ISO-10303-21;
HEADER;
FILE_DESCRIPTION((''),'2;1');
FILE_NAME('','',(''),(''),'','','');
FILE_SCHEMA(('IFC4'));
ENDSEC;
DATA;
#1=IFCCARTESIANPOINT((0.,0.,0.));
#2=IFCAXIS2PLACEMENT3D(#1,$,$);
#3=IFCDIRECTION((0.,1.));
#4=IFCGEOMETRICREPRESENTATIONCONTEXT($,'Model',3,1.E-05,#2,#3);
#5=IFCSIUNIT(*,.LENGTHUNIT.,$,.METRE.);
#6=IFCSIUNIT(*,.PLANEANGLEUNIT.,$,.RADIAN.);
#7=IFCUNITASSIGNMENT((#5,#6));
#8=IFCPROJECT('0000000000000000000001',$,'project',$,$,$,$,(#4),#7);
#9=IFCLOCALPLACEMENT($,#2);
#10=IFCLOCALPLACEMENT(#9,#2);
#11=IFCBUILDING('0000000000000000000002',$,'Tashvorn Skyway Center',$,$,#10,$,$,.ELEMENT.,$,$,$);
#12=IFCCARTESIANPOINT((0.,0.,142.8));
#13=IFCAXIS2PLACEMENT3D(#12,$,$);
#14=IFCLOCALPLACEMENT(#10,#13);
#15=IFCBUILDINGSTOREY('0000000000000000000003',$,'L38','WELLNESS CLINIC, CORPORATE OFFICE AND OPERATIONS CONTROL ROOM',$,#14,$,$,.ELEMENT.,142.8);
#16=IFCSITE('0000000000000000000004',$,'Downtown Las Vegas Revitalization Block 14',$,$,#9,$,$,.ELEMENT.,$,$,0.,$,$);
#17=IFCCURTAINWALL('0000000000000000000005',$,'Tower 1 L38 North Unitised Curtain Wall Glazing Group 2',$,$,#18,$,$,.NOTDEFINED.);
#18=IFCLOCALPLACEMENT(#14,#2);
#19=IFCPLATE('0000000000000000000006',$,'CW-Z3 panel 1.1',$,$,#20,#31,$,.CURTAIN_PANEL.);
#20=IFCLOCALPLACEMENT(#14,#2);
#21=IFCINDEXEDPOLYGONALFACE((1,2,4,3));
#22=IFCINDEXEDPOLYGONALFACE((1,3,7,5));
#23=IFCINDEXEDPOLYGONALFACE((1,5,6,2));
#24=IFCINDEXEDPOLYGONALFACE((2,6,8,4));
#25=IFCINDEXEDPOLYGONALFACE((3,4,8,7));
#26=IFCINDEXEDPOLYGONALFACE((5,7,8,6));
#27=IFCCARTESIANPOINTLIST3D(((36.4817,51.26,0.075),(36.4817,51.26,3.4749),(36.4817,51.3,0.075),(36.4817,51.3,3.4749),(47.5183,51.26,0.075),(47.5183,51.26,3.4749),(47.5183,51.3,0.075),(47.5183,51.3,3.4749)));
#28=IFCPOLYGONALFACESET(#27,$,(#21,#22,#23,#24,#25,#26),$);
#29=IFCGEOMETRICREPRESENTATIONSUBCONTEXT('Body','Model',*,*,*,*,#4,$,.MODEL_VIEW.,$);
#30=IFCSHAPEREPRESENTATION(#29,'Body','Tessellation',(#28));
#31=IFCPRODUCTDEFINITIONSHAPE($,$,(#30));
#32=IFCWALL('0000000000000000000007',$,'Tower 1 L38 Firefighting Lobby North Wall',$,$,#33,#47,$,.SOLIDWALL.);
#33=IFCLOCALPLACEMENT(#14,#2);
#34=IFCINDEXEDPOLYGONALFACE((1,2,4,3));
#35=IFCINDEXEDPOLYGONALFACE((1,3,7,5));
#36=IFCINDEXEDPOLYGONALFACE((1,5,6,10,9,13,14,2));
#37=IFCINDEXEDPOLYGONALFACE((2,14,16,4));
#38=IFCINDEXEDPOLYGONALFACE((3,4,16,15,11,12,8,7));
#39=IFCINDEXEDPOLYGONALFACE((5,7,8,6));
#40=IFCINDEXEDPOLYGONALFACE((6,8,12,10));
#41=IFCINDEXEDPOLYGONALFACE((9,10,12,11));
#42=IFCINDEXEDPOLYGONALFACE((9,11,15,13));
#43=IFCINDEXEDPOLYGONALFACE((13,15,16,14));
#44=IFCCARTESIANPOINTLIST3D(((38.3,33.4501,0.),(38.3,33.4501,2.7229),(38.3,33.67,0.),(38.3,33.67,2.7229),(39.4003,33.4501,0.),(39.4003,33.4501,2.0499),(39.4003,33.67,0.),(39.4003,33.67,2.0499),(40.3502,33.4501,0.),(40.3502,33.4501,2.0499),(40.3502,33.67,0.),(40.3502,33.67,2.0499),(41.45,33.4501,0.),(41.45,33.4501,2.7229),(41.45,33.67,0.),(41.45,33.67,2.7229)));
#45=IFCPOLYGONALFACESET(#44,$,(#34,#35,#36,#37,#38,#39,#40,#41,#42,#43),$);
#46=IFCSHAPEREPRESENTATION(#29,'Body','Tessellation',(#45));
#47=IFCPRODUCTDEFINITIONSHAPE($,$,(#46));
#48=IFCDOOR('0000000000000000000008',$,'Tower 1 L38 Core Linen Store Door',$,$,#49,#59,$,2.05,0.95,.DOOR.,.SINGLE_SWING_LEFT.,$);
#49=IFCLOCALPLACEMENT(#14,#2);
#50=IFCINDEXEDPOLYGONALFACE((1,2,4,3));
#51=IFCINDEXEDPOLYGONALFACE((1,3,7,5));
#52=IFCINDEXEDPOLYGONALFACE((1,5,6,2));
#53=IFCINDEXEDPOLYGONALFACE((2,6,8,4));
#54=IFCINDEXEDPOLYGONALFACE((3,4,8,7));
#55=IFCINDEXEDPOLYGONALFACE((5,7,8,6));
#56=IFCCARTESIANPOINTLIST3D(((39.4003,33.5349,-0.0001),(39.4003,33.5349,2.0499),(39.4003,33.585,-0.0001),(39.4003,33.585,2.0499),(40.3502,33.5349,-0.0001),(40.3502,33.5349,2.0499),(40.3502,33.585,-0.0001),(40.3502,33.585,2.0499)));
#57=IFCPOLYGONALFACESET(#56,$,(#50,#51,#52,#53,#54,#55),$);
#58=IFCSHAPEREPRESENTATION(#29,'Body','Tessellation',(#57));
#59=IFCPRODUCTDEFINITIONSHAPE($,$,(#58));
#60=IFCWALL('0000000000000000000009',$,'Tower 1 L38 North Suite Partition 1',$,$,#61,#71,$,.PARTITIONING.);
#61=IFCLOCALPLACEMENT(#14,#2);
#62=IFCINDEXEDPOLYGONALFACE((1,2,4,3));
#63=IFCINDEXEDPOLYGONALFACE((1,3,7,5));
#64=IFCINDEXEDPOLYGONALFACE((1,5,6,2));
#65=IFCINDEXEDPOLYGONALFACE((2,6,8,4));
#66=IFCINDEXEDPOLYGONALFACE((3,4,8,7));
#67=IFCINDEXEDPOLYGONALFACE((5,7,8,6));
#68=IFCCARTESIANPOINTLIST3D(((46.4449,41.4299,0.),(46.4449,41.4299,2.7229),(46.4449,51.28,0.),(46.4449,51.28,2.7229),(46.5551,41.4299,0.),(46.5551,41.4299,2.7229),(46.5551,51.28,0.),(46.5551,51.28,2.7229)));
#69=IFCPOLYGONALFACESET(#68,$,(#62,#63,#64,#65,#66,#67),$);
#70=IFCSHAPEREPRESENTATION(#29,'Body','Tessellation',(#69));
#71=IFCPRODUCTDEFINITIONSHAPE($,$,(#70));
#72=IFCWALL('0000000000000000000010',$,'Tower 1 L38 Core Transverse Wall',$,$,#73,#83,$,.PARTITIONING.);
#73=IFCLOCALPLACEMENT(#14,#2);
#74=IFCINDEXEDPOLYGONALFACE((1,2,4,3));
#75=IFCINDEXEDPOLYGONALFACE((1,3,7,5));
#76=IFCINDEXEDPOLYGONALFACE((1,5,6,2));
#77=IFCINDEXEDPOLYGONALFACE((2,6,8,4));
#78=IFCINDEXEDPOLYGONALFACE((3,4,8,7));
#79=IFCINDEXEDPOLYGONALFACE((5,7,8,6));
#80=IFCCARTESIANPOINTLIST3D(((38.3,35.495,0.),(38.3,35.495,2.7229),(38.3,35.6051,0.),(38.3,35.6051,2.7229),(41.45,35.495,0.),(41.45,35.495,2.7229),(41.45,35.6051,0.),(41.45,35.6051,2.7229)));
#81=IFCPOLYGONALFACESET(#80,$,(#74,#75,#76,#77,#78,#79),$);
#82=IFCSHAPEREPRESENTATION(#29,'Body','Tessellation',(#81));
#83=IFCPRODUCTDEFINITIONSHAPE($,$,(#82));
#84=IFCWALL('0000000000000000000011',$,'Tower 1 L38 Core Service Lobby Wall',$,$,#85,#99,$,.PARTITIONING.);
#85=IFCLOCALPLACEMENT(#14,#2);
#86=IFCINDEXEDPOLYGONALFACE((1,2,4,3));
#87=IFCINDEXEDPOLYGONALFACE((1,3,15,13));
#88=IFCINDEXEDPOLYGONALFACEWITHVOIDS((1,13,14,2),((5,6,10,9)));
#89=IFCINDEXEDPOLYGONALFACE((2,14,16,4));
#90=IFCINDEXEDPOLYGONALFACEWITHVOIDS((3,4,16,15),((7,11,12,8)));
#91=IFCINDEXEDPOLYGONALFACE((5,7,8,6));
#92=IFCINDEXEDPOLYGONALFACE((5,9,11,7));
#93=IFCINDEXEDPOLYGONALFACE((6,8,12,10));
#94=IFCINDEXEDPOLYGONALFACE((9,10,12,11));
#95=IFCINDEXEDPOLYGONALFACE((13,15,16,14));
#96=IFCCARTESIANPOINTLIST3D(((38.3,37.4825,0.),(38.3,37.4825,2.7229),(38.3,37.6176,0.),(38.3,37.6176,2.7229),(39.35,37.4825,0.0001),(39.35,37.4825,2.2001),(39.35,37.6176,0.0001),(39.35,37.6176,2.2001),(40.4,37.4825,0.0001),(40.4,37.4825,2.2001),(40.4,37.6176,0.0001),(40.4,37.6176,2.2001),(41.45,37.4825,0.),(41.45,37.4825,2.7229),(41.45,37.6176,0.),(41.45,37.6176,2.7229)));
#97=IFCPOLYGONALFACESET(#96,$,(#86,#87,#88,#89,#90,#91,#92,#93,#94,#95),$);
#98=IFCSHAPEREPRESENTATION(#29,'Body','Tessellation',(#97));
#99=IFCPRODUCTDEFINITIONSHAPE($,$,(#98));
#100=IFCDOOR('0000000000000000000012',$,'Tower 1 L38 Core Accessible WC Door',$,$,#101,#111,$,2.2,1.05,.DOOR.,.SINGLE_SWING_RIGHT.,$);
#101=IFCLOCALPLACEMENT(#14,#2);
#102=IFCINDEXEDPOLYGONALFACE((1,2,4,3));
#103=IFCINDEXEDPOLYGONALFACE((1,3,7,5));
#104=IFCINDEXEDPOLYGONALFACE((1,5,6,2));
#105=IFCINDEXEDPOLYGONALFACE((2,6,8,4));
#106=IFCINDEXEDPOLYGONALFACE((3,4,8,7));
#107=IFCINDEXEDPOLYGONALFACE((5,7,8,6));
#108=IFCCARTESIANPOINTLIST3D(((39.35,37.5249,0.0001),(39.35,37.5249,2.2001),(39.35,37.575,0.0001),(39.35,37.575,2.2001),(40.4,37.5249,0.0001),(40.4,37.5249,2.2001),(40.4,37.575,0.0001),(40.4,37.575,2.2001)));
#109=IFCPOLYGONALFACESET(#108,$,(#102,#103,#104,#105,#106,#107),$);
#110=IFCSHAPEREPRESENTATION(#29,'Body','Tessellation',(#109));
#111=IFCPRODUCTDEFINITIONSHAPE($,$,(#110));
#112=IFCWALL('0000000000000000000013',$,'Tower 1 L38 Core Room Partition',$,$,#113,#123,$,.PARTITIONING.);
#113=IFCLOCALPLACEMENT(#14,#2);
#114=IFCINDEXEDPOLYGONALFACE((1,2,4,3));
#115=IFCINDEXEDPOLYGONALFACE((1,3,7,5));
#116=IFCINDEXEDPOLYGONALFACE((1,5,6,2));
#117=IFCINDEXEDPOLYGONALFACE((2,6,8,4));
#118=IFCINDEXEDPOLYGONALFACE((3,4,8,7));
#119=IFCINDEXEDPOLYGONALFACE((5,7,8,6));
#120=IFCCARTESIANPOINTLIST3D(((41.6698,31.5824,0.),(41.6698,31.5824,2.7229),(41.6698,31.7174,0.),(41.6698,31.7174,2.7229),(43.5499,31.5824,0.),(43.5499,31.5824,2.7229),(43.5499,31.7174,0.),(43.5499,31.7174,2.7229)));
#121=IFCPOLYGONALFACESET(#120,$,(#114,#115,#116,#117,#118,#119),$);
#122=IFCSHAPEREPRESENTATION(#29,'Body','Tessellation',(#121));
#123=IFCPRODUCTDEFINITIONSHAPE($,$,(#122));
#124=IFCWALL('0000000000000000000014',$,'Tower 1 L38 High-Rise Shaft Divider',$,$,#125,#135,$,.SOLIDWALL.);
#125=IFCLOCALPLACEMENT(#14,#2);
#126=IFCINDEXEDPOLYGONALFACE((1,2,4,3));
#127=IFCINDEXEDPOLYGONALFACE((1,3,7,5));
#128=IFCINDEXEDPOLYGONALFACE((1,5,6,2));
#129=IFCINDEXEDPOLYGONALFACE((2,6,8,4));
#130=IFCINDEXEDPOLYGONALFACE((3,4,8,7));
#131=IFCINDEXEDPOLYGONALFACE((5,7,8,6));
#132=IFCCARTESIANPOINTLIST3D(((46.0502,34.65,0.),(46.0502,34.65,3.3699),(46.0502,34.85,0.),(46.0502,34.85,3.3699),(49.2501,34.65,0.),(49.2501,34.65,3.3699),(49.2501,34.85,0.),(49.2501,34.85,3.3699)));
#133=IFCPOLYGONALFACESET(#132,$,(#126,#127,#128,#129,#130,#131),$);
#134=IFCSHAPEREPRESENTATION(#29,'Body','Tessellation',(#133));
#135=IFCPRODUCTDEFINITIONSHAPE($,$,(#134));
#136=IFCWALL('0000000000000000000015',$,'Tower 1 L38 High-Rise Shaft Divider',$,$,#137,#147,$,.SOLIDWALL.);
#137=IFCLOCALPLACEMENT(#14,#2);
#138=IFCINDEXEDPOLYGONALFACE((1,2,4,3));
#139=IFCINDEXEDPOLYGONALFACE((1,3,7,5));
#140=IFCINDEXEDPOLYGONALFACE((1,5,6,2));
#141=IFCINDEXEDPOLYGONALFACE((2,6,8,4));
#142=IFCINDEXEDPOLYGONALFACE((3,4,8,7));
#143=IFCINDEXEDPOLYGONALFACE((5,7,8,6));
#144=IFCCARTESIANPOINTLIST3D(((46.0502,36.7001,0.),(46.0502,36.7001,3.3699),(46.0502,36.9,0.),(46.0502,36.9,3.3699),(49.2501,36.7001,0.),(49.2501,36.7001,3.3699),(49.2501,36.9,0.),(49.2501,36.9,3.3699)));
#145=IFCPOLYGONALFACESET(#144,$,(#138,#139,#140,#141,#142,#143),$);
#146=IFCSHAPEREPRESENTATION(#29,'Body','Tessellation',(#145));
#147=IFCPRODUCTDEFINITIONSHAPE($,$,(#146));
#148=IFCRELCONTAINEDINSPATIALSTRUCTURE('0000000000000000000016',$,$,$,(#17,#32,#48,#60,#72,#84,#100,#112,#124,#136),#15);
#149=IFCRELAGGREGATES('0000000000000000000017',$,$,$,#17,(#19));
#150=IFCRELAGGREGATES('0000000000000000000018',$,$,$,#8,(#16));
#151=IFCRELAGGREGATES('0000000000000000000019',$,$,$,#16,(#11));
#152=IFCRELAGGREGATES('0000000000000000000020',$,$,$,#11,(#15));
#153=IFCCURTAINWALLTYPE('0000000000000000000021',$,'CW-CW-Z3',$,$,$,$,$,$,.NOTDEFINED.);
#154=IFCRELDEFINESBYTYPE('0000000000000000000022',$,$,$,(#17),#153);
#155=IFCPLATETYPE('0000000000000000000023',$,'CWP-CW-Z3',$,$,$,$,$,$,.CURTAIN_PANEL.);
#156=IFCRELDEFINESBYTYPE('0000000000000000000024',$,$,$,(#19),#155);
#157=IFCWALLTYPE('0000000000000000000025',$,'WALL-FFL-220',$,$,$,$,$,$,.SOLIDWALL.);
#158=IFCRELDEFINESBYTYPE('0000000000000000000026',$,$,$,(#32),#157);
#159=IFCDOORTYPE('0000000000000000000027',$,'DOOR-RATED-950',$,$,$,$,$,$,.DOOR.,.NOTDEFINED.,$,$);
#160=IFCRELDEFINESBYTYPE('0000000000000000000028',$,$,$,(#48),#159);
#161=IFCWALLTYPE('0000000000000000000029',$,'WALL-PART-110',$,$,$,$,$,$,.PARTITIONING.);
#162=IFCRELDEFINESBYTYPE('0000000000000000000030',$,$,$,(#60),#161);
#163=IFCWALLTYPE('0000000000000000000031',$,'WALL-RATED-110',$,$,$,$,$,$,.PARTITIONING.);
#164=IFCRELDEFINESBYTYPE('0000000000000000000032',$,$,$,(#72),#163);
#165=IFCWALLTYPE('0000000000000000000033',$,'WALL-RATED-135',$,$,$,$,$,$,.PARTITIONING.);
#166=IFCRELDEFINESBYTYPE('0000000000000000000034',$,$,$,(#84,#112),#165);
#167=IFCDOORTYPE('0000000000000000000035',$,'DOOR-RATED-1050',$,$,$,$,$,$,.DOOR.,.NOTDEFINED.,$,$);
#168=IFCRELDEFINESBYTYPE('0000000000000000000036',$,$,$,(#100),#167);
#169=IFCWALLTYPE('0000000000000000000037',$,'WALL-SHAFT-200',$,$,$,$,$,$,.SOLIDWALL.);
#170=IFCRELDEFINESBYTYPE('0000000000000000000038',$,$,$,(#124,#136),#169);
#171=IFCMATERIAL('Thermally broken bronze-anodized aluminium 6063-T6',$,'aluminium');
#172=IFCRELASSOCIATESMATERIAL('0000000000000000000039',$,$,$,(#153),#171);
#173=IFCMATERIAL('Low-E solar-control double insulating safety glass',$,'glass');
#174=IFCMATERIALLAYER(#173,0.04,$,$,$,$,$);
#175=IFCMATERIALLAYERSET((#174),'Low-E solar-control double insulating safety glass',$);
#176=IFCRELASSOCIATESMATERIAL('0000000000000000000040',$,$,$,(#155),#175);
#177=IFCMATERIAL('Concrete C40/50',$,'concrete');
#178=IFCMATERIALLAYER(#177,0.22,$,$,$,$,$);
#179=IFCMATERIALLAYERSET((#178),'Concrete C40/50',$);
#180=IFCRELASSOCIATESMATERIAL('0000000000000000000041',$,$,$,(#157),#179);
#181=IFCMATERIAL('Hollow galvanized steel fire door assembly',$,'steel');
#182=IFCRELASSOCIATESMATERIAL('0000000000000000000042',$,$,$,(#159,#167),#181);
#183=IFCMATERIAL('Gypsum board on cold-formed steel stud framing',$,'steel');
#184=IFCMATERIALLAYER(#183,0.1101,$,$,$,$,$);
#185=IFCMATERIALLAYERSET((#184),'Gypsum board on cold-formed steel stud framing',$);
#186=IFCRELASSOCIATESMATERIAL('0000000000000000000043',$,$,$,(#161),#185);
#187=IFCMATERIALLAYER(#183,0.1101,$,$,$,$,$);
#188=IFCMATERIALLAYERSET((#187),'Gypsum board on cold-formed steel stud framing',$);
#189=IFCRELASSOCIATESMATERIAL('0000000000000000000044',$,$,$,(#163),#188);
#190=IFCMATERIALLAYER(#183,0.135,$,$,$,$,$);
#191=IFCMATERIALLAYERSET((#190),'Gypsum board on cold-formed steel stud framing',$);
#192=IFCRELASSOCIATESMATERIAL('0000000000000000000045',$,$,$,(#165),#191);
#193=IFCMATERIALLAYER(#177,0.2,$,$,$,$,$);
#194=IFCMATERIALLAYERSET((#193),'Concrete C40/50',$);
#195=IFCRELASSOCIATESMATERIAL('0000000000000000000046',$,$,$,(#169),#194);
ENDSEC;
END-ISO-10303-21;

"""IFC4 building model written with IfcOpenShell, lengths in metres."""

from ifc_helpers import new_model, si_unit, direction, frame, frame_2d, origin, origin_2d, place, context, subcontext, project, spatial, rectangle, extrude, material, layer, layer_set, type_object, element, fill, aggregate, save


model = new_model("IFC4")

# Units and contexts
model_context = context("Model", 3, precision=1e-05, world=origin(), true_north=direction((0.0, 1.0)))
body_context = subcontext(model_context, "Body", "Model", "MODEL_VIEW")
ifc_project = project(units=[si_unit("LENGTHUNIT", "METRE"), si_unit("PLANEANGLEUNIT", "RADIAN")], contexts=[model_context])

# Site, building, storey
site_placement = place(None, origin())
site = spatial("IfcSite", under=ifc_project, at=site_placement, Name="Downtown Las Vegas Revitalization Block 14", CompositionType="ELEMENT", RefElevation=0.0)
building_placement = place(site_placement, origin())
building = spatial("IfcBuilding", under=site, at=building_placement, Name="Tashvorn Skyway Center", CompositionType="ELEMENT")
storey_placement = place(building_placement, frame((0.0, 0.0, 142.8)))
storey = spatial("IfcBuildingStorey", under=building, at=storey_placement, Name="L38", Description="WELLNESS CLINIC, CORPORATE OFFICE AND OPERATIONS CONTROL ROOM", CompositionType="ELEMENT", Elevation=142.8)

# Curtain wall, plate
ifc_material_1 = material(Name="Thermally broken bronze-anodized aluminium 6063-T6", Category="aluminium")
curtain_wall_type = type_object("IfcCurtainWallType", Name="CW-CW-Z3", PredefinedType="NOTDEFINED", material=ifc_material_1)
curtain_wall_placement = place(storey_placement, origin())
curtain_wall = element("IfcCurtainWall", 1, at=curtain_wall_placement, inside=storey, type_object=curtain_wall_type, Name="Tower 1 L38 North Unitised Curtain Wall Glazing Group 2", PredefinedType="NOTDEFINED")
ifc_material_2 = material(Name="Low-E solar-control double insulating safety glass", Category="glass")
ifc_layer_1 = layer(ifc_material_2, 0.04)
ifc_layer_set_1 = layer_set([ifc_layer_1], Name="Low-E solar-control double insulating safety glass")
plate_type = type_object("IfcPlateType", Name="CWP-CW-Z3", PredefinedType="CURTAIN_PANEL", material=ifc_layer_set_1)
plate_placement = place(storey_placement, frame((42.0, 51.28, 0.075), z_axis=(0.0, 0.0, 1.0), x_axis=(1.0, 0.0, 0.0)))
plate = element("IfcPlate", 2, at=plate_placement, type_object=plate_type, Name="CW-Z3 panel 1.1", PredefinedType="CURTAIN_PANEL", context=body_context, shape_type="SweptSolid", body=[
    extrude(rectangle(XDim=11.0366, YDim=0.04, at=origin_2d()), origin(), (0.0, 0.0, 1.0), 3.3999),
])
aggregate(curtain_wall, [plate])

# Wall, opening, door
ifc_material_3 = material(Name="Concrete C40/50", Category="concrete")
ifc_layer_2 = layer(ifc_material_3, 0.22)
ifc_layer_set_2 = layer_set([ifc_layer_2], Name="Concrete C40/50")
wall_type_1 = type_object("IfcWallType", Name="WALL-FFL-220", PredefinedType="SOLIDWALL", material=ifc_layer_set_2)
wall_1_placement = place(storey_placement, frame((38.3, 33.5601, 0.0), z_axis=(0.0, 0.0, 1.0), x_axis=(1.0, 0.0, 0.0)))
wall_1 = element("IfcWall", 3, at=wall_1_placement, inside=storey, type_object=wall_type_1, Name="Tower 1 L38 Firefighting Lobby North Wall", PredefinedType="SOLIDWALL", context=body_context, shape_type="SweptSolid", body=[
    extrude(rectangle(XDim=3.1499, YDim=0.22, at=frame_2d((1.575, 0.0))), origin(), (0.0, 0.0, 1.0), 2.7229),
])
opening_1_placement = place(wall_1_placement, frame((1.1001, 0.0, 0.0)))
opening_1 = element("IfcOpeningElement", 4, at=opening_1_placement, cuts=wall_1, PredefinedType="OPENING", context=body_context, shape_type="SweptSolid", body=[
    extrude(rectangle(XDim=0.95, YDim=2.05, at=frame_2d((0.4751, 1.0249))), frame((0.0, 0.1199, 0.0), z_axis=(0.0, -1.0, 0.0), x_axis=(1.0, 0.0, 0.0)), (0.0, 0.0, 1.0), 0.24),
])
ifc_material_4 = material(Name="Hollow galvanized steel fire door assembly", Category="steel")
door_type_1 = type_object("IfcDoorType", Name="DOOR-RATED-950", OperationType="NOTDEFINED", PredefinedType="DOOR", material=ifc_material_4)
door_1_placement = place(opening_1_placement, origin())
door_1 = element("IfcDoor", 5, at=door_1_placement, inside=storey, type_object=door_type_1, Name="Tower 1 L38 Core Linen Store Door", OperationType="SINGLE_SWING_LEFT", OverallHeight=2.05, OverallWidth=0.95, PredefinedType="DOOR", context=body_context, shape_type="SweptSolid", body=[
    extrude(rectangle(XDim=0.95, YDim=2.05, at=frame_2d((0.4751, 1.0249))), frame((0.0, 0.0249, 0.0), z_axis=(0.0, -1.0, 0.0), x_axis=(1.0, 0.0, 0.0)), (0.0, 0.0, 1.0), 0.05),
])
fill(opening_1, door_1)

# Walls
ifc_material_5 = material(Name="Gypsum board on cold-formed steel stud framing", Category="steel")
ifc_layer_3 = layer(ifc_material_5, 0.1101)
ifc_layer_set_3 = layer_set([ifc_layer_3], Name="Gypsum board on cold-formed steel stud framing")
wall_type_2 = type_object("IfcWallType", Name="WALL-PART-110", PredefinedType="PARTITIONING", material=ifc_layer_set_3)
wall_2_placement = place(storey_placement, frame((46.5, 41.4299, 0.0), z_axis=(0.0, 0.0, 1.0), x_axis=(0.0, 1.0, 0.0)))
element("IfcWall", 6, at=wall_2_placement, inside=storey, type_object=wall_type_2, Name="Tower 1 L38 North Suite Partition 1", PredefinedType="PARTITIONING", context=body_context, shape_type="SweptSolid", body=[
    extrude(rectangle(XDim=9.8501, YDim=0.1101, at=frame_2d((4.925, 0.0))), origin(), (0.0, 0.0, 1.0), 2.7229),
])
ifc_layer_4 = layer(ifc_material_5, 0.1101)
ifc_layer_set_4 = layer_set([ifc_layer_4], Name="Gypsum board on cold-formed steel stud framing")
wall_type_3 = type_object("IfcWallType", Name="WALL-RATED-110", PredefinedType="PARTITIONING", material=ifc_layer_set_4)
wall_3_placement = place(storey_placement, frame((38.3, 35.55, 0.0), z_axis=(0.0, 0.0, 1.0), x_axis=(1.0, 0.0, 0.0)))
element("IfcWall", 7, at=wall_3_placement, inside=storey, type_object=wall_type_3, Name="Tower 1 L38 Core Transverse Wall", PredefinedType="PARTITIONING", context=body_context, shape_type="SweptSolid", body=[
    extrude(rectangle(XDim=3.1499, YDim=0.1101, at=frame_2d((1.575, 0.0))), origin(), (0.0, 0.0, 1.0), 2.7229),
])

# Wall, opening, door
ifc_layer_5 = layer(ifc_material_5, 0.135)
ifc_layer_set_5 = layer_set([ifc_layer_5], Name="Gypsum board on cold-formed steel stud framing")
wall_type_4 = type_object("IfcWallType", Name="WALL-RATED-135", PredefinedType="PARTITIONING", material=ifc_layer_set_5)
wall_4_placement = place(storey_placement, frame((38.3, 37.55, 0.0), z_axis=(0.0, 0.0, 1.0), x_axis=(1.0, 0.0, 0.0)))
wall_4 = element("IfcWall", 8, at=wall_4_placement, inside=storey, type_object=wall_type_4, Name="Tower 1 L38 Core Service Lobby Wall", PredefinedType="PARTITIONING", context=body_context, shape_type="SweptSolid", body=[
    extrude(rectangle(XDim=3.1499, YDim=0.135, at=frame_2d((1.575, 0.0))), origin(), (0.0, 0.0, 1.0), 2.7229),
])
opening_2_placement = place(wall_4_placement, frame((1.05, 0.0, 0.0)))
opening_2 = element("IfcOpeningElement", 9, at=opening_2_placement, cuts=wall_4, PredefinedType="OPENING", context=body_context, shape_type="SweptSolid", body=[
    extrude(rectangle(XDim=1.05, YDim=2.2, at=frame_2d((0.5249, 1.1001))), frame((0.0, 0.0774, 0.0), z_axis=(0.0, -1.0, 0.0), x_axis=(1.0, 0.0, 0.0)), (0.0, 0.0, 1.0), 0.155),
])
door_type_2 = type_object("IfcDoorType", Name="DOOR-RATED-1050", OperationType="NOTDEFINED", PredefinedType="DOOR", material=ifc_material_4)
door_2_placement = place(opening_2_placement, origin())
door_2 = element("IfcDoor", 10, at=door_2_placement, inside=storey, type_object=door_type_2, Name="Tower 1 L38 Core Accessible WC Door", OperationType="SINGLE_SWING_RIGHT", OverallHeight=2.2, OverallWidth=1.05, PredefinedType="DOOR", context=body_context, shape_type="SweptSolid", body=[
    extrude(rectangle(XDim=1.05, YDim=2.2, at=frame_2d((0.5249, 1.1001))), frame((0.0, 0.0249, 0.0), z_axis=(0.0, -1.0, 0.0), x_axis=(1.0, 0.0, 0.0)), (0.0, 0.0, 1.0), 0.05),
])
fill(opening_2, door_2)

# Walls
wall_5_placement = place(storey_placement, frame((41.6699, 31.6499, 0.0), z_axis=(0.0, 0.0, 1.0), x_axis=(1.0, 0.0, 0.0)))
element("IfcWall", 11, at=wall_5_placement, inside=storey, type_object=wall_type_4, Name="Tower 1 L38 Core Room Partition", PredefinedType="PARTITIONING", context=body_context, shape_type="SweptSolid", body=[
    extrude(rectangle(XDim=1.8801, YDim=0.135, at=frame_2d((0.9399, 0.0))), origin(), (0.0, 0.0, 1.0), 2.7229),
])
ifc_layer_6 = layer(ifc_material_3, 0.2)
ifc_layer_set_6 = layer_set([ifc_layer_6], Name="Concrete C40/50")
wall_type_5 = type_object("IfcWallType", Name="WALL-SHAFT-200", PredefinedType="SOLIDWALL", material=ifc_layer_set_6)
for number, where, z_axis, x_axis, name in (
    (12, (46.05, 34.75, 0.0), (0.0, 0.0, 1.0), (1.0, 0.0, 0.0), "Tower 1 L38 High-Rise Shaft Divider"),
    (13, (46.05, 36.8, 0.0), (0.0, 0.0, 1.0), (1.0, 0.0, 0.0), "Tower 1 L38 High-Rise Shaft Divider"),
):
    element("IfcWall", number, at=place(storey_placement, frame(where, z_axis=z_axis, x_axis=x_axis)), inside=storey, type_object=wall_type_5, Name=name, PredefinedType="SOLIDWALL", context=body_context, shape_type="SweptSolid", body=[
        extrude(rectangle(XDim=3.2, YDim=0.2, at=frame_2d((1.6001, 0.0))), origin(), (0.0, 0.0, 1.0), 3.3699),
    ])

save(model, "model.ifc")
